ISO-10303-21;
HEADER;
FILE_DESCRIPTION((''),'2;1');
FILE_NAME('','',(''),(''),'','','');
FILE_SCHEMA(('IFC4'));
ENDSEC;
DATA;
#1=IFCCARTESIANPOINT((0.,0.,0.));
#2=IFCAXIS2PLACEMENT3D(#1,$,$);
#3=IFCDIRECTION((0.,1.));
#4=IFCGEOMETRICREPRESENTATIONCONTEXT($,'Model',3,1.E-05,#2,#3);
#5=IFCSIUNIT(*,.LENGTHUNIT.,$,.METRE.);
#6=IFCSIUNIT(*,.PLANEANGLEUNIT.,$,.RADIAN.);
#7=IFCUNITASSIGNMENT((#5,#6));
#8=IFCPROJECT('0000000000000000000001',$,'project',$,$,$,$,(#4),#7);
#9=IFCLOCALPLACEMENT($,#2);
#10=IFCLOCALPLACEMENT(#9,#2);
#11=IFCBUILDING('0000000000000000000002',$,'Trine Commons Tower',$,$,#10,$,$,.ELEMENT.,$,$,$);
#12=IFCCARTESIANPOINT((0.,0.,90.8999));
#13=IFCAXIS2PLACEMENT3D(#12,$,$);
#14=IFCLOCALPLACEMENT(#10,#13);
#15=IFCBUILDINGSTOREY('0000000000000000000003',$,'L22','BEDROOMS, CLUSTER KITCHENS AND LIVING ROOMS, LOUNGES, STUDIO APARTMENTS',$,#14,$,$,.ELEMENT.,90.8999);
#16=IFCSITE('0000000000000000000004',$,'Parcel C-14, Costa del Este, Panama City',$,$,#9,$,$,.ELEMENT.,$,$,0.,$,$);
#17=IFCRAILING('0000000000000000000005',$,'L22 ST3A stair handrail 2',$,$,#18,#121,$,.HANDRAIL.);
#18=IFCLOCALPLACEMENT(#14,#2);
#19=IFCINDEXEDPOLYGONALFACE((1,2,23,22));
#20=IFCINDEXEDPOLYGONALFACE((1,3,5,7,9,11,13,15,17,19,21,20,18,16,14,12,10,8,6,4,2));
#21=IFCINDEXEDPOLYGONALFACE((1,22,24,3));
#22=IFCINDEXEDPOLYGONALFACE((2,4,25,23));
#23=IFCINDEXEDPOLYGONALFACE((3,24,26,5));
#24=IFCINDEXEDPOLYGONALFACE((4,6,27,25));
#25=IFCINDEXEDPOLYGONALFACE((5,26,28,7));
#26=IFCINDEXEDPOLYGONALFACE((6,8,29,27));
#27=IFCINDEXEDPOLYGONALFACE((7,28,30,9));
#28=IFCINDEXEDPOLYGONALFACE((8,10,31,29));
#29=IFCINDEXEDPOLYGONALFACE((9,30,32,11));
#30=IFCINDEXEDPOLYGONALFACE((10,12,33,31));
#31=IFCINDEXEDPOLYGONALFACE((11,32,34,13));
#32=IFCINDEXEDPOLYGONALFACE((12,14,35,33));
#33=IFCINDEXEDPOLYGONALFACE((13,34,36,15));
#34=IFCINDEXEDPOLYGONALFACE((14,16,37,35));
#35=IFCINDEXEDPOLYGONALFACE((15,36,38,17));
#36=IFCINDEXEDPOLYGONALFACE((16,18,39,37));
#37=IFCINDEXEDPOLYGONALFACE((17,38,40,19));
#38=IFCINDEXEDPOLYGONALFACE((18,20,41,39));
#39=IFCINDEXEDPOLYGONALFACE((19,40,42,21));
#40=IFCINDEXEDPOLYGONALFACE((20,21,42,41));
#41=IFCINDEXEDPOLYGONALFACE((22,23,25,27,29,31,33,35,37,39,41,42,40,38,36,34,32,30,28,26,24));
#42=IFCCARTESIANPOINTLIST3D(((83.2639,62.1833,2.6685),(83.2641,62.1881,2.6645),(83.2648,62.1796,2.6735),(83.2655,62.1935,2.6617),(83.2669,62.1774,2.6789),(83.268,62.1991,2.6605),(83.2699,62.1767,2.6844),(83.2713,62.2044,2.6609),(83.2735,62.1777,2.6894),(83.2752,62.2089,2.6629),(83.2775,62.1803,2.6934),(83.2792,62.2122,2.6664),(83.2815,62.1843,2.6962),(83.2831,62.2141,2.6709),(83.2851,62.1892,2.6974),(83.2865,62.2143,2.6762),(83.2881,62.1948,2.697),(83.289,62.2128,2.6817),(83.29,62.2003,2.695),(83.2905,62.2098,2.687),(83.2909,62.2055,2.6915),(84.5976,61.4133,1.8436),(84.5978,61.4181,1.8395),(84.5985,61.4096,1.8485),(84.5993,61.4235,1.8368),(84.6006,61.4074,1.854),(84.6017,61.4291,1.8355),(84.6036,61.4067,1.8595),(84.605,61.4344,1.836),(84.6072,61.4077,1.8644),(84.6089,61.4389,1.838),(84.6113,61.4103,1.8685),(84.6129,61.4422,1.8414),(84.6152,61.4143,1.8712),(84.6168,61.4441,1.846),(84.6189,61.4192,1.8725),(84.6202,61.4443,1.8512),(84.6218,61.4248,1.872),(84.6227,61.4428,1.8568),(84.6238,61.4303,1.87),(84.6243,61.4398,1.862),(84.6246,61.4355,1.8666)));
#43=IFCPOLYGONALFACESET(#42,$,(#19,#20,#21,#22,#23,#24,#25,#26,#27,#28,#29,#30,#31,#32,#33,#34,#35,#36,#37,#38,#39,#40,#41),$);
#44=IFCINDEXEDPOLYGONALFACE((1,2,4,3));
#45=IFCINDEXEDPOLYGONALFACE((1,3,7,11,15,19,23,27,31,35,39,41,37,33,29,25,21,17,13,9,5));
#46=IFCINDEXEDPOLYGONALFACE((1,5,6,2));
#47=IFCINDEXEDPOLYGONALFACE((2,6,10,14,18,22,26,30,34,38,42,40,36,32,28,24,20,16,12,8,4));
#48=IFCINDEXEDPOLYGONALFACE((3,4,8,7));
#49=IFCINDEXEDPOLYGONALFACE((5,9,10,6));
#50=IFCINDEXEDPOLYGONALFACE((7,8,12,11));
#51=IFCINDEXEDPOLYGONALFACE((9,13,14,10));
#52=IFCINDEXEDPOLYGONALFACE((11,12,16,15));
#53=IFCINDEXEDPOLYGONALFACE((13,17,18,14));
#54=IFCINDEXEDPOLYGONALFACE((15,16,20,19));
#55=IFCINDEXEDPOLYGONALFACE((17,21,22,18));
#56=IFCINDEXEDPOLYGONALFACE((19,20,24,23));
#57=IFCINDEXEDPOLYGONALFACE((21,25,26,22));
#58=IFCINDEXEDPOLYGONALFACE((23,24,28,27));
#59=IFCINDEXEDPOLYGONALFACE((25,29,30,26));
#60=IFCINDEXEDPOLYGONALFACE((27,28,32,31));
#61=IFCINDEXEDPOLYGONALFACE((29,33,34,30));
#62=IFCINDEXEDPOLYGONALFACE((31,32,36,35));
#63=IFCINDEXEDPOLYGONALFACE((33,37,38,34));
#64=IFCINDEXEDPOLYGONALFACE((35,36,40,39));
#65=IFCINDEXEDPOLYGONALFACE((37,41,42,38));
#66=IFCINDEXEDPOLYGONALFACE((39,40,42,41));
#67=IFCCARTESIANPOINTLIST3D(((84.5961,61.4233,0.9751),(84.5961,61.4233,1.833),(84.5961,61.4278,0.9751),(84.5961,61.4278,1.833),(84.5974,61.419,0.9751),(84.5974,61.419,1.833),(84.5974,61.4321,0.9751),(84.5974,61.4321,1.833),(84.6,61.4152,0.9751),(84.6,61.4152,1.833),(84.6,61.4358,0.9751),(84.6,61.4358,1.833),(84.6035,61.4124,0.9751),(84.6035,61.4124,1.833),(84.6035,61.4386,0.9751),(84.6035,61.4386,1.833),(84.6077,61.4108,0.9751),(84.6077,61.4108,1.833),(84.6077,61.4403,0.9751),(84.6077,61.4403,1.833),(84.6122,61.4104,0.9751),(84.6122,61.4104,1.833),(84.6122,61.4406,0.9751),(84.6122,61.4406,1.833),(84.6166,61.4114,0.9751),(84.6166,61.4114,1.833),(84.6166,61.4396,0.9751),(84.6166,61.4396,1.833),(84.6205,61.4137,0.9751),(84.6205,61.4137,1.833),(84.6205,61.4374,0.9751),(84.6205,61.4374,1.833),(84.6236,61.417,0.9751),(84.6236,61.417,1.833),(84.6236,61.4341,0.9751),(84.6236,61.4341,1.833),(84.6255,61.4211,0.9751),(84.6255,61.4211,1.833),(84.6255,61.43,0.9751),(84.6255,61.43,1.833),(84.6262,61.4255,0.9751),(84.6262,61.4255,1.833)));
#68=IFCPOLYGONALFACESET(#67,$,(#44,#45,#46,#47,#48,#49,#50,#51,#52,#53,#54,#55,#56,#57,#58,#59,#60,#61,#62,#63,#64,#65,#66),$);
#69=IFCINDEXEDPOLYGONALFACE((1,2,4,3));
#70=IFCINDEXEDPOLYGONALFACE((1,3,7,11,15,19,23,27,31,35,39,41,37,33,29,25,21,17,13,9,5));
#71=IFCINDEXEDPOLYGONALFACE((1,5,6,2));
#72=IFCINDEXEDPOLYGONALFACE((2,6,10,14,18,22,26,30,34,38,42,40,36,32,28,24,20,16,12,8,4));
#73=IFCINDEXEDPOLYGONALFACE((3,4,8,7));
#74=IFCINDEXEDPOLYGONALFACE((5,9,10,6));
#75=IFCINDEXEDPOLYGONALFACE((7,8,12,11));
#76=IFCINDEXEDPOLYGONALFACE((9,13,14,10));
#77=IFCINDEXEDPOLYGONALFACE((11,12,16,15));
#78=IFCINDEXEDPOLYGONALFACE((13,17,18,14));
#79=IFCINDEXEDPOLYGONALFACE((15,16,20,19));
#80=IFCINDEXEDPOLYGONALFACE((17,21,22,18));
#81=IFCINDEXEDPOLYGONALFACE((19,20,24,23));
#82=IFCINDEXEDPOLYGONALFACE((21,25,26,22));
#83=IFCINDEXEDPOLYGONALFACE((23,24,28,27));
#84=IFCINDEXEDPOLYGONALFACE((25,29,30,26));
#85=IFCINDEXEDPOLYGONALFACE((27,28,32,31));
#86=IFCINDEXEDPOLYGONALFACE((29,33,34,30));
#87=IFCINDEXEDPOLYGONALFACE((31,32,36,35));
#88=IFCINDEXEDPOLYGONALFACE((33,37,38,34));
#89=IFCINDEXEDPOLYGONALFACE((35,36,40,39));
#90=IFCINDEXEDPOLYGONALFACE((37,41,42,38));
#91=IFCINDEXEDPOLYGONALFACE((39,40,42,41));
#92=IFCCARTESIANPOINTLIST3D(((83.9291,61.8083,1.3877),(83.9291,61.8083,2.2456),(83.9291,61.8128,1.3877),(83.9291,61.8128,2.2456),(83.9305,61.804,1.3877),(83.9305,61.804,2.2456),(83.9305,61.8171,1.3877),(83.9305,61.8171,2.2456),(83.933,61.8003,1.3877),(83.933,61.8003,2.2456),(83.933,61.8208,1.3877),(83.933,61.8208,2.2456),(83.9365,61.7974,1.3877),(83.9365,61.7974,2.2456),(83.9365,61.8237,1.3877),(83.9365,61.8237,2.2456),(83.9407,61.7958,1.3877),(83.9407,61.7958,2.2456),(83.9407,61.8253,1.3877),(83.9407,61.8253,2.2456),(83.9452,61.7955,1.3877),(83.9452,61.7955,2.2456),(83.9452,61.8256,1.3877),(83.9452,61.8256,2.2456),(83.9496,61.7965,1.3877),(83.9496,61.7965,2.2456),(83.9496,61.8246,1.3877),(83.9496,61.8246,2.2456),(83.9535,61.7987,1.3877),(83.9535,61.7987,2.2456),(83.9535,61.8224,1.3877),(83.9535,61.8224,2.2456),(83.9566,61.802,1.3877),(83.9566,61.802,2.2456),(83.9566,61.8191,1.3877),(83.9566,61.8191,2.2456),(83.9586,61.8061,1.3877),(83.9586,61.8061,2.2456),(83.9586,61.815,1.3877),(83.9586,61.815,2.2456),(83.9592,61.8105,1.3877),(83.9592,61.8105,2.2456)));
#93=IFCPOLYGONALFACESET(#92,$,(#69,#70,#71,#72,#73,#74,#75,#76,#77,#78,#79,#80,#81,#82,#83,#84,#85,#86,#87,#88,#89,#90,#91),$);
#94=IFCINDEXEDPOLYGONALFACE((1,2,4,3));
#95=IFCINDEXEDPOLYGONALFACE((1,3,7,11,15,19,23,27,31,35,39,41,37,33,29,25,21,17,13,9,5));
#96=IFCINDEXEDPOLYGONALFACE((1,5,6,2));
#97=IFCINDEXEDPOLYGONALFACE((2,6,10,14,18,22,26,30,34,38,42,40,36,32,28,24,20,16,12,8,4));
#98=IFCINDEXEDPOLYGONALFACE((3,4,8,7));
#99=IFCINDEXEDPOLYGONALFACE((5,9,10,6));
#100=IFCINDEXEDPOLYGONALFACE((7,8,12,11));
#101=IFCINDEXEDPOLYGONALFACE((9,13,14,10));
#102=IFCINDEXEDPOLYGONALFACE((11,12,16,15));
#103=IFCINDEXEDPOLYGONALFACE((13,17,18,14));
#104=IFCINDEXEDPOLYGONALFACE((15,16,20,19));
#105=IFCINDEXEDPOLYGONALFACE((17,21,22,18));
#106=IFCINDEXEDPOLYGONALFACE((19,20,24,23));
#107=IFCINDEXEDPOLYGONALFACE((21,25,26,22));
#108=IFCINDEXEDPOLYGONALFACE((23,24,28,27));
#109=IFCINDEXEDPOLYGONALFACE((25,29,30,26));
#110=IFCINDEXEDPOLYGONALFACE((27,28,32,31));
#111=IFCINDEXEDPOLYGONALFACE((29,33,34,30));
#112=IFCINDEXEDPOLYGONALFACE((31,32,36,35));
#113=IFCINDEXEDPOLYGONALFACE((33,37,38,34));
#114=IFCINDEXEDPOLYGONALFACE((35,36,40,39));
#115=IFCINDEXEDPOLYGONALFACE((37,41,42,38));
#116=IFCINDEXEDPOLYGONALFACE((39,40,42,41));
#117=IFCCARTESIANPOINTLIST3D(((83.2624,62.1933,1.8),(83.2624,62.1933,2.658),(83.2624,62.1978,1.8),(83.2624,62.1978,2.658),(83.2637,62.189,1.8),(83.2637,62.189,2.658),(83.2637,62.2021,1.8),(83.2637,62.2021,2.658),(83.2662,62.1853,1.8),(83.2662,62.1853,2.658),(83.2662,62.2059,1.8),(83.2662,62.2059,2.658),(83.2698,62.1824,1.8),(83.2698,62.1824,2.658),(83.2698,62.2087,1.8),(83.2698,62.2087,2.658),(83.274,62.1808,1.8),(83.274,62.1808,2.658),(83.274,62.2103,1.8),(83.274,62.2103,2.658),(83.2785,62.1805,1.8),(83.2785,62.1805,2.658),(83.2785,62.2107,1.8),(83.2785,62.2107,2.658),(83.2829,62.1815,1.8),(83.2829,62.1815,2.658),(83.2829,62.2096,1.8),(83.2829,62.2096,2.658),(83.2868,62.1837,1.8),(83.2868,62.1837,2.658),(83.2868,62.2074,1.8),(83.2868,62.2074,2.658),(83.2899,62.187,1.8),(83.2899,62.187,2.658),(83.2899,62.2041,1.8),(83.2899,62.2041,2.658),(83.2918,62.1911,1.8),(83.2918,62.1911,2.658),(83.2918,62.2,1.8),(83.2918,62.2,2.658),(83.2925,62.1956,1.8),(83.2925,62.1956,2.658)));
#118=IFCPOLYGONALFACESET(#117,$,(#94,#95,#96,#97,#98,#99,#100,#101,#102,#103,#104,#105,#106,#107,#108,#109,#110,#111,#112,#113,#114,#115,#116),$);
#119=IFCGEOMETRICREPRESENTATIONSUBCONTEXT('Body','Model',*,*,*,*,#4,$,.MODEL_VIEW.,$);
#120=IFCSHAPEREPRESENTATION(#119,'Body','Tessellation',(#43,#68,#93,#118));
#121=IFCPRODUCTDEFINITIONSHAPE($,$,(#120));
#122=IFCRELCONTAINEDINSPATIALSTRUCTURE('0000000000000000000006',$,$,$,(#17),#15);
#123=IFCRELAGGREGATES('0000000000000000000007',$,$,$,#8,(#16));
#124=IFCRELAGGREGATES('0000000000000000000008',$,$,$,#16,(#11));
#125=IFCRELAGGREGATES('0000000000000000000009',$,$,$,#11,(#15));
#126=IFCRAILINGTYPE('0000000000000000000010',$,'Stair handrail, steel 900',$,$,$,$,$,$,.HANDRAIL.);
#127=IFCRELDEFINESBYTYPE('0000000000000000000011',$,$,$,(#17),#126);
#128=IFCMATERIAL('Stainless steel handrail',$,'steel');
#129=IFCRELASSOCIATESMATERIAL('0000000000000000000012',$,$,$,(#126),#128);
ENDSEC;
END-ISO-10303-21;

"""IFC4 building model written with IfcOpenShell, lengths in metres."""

from ifc_helpers import new_model, si_unit, direction, frame, origin, origin_2d, place, context, subcontext, project, spatial, circle, extrude, material, type_object, element, save


model = new_model("IFC4")

# Units and contexts
model_context = context("Model", 3, precision=1e-05, world=origin(), true_north=direction((0.0, 1.0)))
body_context = subcontext(model_context, "Body", "Model", "MODEL_VIEW")
ifc_project = project(units=[si_unit("LENGTHUNIT", "METRE"), si_unit("PLANEANGLEUNIT", "RADIAN")], contexts=[model_context])

# Site, building, storey
site_placement = place(None, origin())
site = spatial("IfcSite", under=ifc_project, at=site_placement, Name="Parcel C-14, Costa del Este, Panama City", CompositionType="ELEMENT", RefElevation=0.0)
building_placement = place(site_placement, origin())
building = spatial("IfcBuilding", under=site, at=building_placement, Name="Trine Commons Tower", CompositionType="ELEMENT")
storey_placement = place(building_placement, frame((0.0, 0.0, 90.8999)))
storey = spatial("IfcBuildingStorey", under=building, at=storey_placement, Name="L22", Description="BEDROOMS, CLUSTER KITCHENS AND LIVING ROOMS, LOUNGES, STUDIO APARTMENTS", CompositionType="ELEMENT", Elevation=90.8999)

# Railing
ifc_material_1 = material(Name="Stainless steel handrail", Category="steel")
railing_type_1 = type_object("IfcRailingType", Name="Stair handrail, steel 900", PredefinedType="HANDRAIL", material=ifc_material_1)
railing_1_placement = place(storey_placement, frame((84.6111, 61.4255, 0.9751)))
element("IfcRailing", 1, at=railing_1_placement, inside=storey, type_object=railing_type_1, Name="L22 ST3A stair handrail 2", PredefinedType="HANDRAIL", context=body_context, shape_type="SweptSolid", body=[
    extrude(circle(Radius=0.021, at=origin_2d()), frame((0.0, 0.0, 0.8789), z_axis=(-0.763405, 0.440743, 0.472185), x_axis=(-0.499992, -0.86603, 0.0)), (0.0, 0.0, 1.0), 1.7471),
    extrude(circle(Radius=0.0151, at=origin_2d()), origin(), (0.0, 0.0, 1.0), 0.8579),
    extrude(circle(Radius=0.0151, at=origin_2d()), frame((-0.667, 0.385, 0.4126)), (0.0, 0.0, 1.0), 0.8579),
    extrude(circle(Radius=0.0151, at=origin_2d()), frame((-1.3337, 0.77, 0.825)), (0.0, 0.0, 1.0), 0.8579),
])

save(model, "model.ifc")
